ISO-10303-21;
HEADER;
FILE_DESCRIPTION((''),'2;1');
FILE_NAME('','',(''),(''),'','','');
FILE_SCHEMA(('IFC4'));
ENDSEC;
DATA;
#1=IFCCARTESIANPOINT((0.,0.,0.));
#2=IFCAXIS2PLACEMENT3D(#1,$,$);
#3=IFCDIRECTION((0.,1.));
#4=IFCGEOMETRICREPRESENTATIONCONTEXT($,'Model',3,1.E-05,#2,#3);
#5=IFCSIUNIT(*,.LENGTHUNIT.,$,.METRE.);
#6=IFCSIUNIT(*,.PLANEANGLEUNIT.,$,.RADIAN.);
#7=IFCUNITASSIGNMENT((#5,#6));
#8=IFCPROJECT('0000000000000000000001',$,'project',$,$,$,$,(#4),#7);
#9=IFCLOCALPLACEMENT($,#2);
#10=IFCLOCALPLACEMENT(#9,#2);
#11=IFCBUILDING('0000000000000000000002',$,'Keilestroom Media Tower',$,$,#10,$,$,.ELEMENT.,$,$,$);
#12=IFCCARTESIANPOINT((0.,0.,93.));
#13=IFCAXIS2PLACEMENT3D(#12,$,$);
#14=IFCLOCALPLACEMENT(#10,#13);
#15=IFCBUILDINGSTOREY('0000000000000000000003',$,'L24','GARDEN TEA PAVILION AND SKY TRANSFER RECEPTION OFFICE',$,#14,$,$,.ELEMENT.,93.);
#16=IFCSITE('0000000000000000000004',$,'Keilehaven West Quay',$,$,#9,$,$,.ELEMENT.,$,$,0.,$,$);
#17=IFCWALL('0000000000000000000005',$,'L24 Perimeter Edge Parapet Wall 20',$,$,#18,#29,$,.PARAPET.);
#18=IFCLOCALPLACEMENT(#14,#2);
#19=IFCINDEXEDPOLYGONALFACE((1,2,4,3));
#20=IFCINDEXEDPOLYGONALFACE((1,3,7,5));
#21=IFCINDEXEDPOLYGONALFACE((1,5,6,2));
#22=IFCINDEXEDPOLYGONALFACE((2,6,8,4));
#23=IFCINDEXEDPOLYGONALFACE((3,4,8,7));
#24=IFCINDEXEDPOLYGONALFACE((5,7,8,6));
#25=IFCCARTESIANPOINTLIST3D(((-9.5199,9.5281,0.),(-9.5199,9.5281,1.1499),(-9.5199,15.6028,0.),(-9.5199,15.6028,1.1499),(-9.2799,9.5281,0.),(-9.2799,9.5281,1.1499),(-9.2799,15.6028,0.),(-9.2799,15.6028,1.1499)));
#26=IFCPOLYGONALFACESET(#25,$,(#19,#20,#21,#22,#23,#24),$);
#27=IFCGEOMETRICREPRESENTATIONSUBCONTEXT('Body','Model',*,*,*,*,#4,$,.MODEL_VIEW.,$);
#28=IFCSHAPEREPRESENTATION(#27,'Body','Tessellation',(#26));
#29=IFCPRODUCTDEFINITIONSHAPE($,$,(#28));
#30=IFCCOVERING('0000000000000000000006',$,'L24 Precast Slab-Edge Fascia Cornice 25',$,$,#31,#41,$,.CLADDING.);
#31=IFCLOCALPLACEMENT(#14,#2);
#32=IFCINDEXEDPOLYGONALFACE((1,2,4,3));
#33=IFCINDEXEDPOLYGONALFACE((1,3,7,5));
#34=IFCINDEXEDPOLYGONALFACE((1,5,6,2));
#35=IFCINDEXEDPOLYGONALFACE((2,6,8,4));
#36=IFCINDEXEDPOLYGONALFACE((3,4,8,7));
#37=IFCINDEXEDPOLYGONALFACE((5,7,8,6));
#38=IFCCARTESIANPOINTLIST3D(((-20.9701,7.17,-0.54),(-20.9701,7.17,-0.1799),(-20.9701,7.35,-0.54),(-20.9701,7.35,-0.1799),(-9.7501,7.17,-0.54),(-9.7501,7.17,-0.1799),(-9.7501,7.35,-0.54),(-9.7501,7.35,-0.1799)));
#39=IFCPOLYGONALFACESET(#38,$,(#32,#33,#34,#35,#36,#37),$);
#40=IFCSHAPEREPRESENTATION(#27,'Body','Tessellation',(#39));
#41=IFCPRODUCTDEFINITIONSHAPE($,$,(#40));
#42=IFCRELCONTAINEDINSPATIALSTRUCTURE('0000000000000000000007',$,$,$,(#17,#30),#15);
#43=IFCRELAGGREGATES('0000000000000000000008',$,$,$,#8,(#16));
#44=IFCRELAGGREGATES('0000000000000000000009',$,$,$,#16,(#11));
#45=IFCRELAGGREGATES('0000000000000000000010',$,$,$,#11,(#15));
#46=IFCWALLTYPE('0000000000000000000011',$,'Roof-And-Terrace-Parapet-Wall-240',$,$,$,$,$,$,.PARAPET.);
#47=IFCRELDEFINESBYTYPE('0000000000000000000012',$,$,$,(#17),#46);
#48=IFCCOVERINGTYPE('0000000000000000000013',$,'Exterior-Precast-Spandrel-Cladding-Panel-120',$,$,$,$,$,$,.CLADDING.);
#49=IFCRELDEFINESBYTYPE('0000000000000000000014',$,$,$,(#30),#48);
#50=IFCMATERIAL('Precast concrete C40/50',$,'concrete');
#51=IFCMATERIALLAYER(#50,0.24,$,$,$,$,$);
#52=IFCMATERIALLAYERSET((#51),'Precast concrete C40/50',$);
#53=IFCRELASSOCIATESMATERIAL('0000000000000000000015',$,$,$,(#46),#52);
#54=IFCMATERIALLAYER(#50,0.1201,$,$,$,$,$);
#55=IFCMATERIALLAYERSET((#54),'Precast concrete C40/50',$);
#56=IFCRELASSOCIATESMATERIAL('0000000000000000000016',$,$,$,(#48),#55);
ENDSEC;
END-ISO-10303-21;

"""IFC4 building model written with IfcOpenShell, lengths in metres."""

from ifc_helpers import new_model, si_unit, direction, frame, frame_2d, origin, origin_2d, place, context, subcontext, project, spatial, rectangle, extrude, source, transform, mapped, material, layer, layer_set, type_object, element, save


model = new_model("IFC4")

# Units and contexts
model_context = context("Model", 3, precision=1e-05, world=origin(), true_north=direction((0.0, 1.0)))
body_context = subcontext(model_context, "Body", "Model", "MODEL_VIEW")
ifc_project = project(units=[si_unit("LENGTHUNIT", "METRE"), si_unit("PLANEANGLEUNIT", "RADIAN")], contexts=[model_context])

# Site, building, storey
site_placement = place(None, origin())
site = spatial("IfcSite", under=ifc_project, at=site_placement, Name="Keilehaven West Quay", CompositionType="ELEMENT", RefElevation=0.0)
building_placement = place(site_placement, origin())
building = spatial("IfcBuilding", under=site, at=building_placement, Name="Keilestroom Media Tower", CompositionType="ELEMENT")
storey_placement = place(building_placement, frame((0.0, 0.0, 93.0)))
storey = spatial("IfcBuildingStorey", under=building, at=storey_placement, Name="L24", Description="GARDEN TEA PAVILION AND SKY TRANSFER RECEPTION OFFICE", CompositionType="ELEMENT", Elevation=93.0)

# Shared definitions
ifc_material_1 = material(Name="Precast concrete C40/50", Category="concrete")

# Wall
ifc_layer_1 = layer(ifc_material_1, 0.24)
ifc_layer_set_1 = layer_set([ifc_layer_1], Name="Precast concrete C40/50")
wall_type_1 = type_object("IfcWallType", Name="Roof-And-Terrace-Parapet-Wall-240", PredefinedType="PARAPET", material=ifc_layer_set_1)
wall_1_placement = place(storey_placement, frame((-9.3999, 9.5281, 0.0), z_axis=(0.0, 0.0, 1.0), x_axis=(0.0, 1.0, 0.0)))
element("IfcWall", 1, at=wall_1_placement, inside=storey, type_object=wall_type_1, Name="L24 Perimeter Edge Parapet Wall 20", PredefinedType="PARAPET", context=body_context, shape_type="SweptSolid", body=[
    extrude(rectangle(XDim=6.0747, YDim=0.24, at=frame_2d((3.0374, 0.0))), origin(), (0.0, 0.0, 1.0), 1.1499),
])

# Covering
ifc_layer_2 = layer(ifc_material_1, 0.1201)
ifc_layer_set_2 = layer_set([ifc_layer_2], Name="Precast concrete C40/50")
covering_type = type_object("IfcCoveringType", Name="Exterior-Precast-Spandrel-Cladding-Panel-120", PredefinedType="CLADDING", material=ifc_layer_set_2)
shared_shape_1 = source(origin(), body_context, "Body", "SweptSolid", [
    extrude(rectangle(XDim=11.22, YDim=0.1799, at=origin_2d()), origin(), (0.0, 0.0, 1.0), 0.3601),
])
covering_placement = place(storey_placement, frame((-15.3601, 7.26, -0.54), z_axis=(0.0, 0.0, 1.0), x_axis=(1.0, 0.0, 0.0)))
element("IfcCovering", 2, at=covering_placement, inside=storey, type_object=covering_type, Name="L24 Precast Slab-Edge Fascia Cornice 25", PredefinedType="CLADDING", context=body_context, shape_type="MappedRepresentation", body=[
    mapped(shared_shape_1, transform((0.0, 0.0, 0.0), x_axis=(1.0, 0.0, 0.0), y_axis=(0.0, 1.0, 0.0), z_axis=(0.0, 0.0, 1.0), scale=1.0)),
])

save(model, "model.ifc")
